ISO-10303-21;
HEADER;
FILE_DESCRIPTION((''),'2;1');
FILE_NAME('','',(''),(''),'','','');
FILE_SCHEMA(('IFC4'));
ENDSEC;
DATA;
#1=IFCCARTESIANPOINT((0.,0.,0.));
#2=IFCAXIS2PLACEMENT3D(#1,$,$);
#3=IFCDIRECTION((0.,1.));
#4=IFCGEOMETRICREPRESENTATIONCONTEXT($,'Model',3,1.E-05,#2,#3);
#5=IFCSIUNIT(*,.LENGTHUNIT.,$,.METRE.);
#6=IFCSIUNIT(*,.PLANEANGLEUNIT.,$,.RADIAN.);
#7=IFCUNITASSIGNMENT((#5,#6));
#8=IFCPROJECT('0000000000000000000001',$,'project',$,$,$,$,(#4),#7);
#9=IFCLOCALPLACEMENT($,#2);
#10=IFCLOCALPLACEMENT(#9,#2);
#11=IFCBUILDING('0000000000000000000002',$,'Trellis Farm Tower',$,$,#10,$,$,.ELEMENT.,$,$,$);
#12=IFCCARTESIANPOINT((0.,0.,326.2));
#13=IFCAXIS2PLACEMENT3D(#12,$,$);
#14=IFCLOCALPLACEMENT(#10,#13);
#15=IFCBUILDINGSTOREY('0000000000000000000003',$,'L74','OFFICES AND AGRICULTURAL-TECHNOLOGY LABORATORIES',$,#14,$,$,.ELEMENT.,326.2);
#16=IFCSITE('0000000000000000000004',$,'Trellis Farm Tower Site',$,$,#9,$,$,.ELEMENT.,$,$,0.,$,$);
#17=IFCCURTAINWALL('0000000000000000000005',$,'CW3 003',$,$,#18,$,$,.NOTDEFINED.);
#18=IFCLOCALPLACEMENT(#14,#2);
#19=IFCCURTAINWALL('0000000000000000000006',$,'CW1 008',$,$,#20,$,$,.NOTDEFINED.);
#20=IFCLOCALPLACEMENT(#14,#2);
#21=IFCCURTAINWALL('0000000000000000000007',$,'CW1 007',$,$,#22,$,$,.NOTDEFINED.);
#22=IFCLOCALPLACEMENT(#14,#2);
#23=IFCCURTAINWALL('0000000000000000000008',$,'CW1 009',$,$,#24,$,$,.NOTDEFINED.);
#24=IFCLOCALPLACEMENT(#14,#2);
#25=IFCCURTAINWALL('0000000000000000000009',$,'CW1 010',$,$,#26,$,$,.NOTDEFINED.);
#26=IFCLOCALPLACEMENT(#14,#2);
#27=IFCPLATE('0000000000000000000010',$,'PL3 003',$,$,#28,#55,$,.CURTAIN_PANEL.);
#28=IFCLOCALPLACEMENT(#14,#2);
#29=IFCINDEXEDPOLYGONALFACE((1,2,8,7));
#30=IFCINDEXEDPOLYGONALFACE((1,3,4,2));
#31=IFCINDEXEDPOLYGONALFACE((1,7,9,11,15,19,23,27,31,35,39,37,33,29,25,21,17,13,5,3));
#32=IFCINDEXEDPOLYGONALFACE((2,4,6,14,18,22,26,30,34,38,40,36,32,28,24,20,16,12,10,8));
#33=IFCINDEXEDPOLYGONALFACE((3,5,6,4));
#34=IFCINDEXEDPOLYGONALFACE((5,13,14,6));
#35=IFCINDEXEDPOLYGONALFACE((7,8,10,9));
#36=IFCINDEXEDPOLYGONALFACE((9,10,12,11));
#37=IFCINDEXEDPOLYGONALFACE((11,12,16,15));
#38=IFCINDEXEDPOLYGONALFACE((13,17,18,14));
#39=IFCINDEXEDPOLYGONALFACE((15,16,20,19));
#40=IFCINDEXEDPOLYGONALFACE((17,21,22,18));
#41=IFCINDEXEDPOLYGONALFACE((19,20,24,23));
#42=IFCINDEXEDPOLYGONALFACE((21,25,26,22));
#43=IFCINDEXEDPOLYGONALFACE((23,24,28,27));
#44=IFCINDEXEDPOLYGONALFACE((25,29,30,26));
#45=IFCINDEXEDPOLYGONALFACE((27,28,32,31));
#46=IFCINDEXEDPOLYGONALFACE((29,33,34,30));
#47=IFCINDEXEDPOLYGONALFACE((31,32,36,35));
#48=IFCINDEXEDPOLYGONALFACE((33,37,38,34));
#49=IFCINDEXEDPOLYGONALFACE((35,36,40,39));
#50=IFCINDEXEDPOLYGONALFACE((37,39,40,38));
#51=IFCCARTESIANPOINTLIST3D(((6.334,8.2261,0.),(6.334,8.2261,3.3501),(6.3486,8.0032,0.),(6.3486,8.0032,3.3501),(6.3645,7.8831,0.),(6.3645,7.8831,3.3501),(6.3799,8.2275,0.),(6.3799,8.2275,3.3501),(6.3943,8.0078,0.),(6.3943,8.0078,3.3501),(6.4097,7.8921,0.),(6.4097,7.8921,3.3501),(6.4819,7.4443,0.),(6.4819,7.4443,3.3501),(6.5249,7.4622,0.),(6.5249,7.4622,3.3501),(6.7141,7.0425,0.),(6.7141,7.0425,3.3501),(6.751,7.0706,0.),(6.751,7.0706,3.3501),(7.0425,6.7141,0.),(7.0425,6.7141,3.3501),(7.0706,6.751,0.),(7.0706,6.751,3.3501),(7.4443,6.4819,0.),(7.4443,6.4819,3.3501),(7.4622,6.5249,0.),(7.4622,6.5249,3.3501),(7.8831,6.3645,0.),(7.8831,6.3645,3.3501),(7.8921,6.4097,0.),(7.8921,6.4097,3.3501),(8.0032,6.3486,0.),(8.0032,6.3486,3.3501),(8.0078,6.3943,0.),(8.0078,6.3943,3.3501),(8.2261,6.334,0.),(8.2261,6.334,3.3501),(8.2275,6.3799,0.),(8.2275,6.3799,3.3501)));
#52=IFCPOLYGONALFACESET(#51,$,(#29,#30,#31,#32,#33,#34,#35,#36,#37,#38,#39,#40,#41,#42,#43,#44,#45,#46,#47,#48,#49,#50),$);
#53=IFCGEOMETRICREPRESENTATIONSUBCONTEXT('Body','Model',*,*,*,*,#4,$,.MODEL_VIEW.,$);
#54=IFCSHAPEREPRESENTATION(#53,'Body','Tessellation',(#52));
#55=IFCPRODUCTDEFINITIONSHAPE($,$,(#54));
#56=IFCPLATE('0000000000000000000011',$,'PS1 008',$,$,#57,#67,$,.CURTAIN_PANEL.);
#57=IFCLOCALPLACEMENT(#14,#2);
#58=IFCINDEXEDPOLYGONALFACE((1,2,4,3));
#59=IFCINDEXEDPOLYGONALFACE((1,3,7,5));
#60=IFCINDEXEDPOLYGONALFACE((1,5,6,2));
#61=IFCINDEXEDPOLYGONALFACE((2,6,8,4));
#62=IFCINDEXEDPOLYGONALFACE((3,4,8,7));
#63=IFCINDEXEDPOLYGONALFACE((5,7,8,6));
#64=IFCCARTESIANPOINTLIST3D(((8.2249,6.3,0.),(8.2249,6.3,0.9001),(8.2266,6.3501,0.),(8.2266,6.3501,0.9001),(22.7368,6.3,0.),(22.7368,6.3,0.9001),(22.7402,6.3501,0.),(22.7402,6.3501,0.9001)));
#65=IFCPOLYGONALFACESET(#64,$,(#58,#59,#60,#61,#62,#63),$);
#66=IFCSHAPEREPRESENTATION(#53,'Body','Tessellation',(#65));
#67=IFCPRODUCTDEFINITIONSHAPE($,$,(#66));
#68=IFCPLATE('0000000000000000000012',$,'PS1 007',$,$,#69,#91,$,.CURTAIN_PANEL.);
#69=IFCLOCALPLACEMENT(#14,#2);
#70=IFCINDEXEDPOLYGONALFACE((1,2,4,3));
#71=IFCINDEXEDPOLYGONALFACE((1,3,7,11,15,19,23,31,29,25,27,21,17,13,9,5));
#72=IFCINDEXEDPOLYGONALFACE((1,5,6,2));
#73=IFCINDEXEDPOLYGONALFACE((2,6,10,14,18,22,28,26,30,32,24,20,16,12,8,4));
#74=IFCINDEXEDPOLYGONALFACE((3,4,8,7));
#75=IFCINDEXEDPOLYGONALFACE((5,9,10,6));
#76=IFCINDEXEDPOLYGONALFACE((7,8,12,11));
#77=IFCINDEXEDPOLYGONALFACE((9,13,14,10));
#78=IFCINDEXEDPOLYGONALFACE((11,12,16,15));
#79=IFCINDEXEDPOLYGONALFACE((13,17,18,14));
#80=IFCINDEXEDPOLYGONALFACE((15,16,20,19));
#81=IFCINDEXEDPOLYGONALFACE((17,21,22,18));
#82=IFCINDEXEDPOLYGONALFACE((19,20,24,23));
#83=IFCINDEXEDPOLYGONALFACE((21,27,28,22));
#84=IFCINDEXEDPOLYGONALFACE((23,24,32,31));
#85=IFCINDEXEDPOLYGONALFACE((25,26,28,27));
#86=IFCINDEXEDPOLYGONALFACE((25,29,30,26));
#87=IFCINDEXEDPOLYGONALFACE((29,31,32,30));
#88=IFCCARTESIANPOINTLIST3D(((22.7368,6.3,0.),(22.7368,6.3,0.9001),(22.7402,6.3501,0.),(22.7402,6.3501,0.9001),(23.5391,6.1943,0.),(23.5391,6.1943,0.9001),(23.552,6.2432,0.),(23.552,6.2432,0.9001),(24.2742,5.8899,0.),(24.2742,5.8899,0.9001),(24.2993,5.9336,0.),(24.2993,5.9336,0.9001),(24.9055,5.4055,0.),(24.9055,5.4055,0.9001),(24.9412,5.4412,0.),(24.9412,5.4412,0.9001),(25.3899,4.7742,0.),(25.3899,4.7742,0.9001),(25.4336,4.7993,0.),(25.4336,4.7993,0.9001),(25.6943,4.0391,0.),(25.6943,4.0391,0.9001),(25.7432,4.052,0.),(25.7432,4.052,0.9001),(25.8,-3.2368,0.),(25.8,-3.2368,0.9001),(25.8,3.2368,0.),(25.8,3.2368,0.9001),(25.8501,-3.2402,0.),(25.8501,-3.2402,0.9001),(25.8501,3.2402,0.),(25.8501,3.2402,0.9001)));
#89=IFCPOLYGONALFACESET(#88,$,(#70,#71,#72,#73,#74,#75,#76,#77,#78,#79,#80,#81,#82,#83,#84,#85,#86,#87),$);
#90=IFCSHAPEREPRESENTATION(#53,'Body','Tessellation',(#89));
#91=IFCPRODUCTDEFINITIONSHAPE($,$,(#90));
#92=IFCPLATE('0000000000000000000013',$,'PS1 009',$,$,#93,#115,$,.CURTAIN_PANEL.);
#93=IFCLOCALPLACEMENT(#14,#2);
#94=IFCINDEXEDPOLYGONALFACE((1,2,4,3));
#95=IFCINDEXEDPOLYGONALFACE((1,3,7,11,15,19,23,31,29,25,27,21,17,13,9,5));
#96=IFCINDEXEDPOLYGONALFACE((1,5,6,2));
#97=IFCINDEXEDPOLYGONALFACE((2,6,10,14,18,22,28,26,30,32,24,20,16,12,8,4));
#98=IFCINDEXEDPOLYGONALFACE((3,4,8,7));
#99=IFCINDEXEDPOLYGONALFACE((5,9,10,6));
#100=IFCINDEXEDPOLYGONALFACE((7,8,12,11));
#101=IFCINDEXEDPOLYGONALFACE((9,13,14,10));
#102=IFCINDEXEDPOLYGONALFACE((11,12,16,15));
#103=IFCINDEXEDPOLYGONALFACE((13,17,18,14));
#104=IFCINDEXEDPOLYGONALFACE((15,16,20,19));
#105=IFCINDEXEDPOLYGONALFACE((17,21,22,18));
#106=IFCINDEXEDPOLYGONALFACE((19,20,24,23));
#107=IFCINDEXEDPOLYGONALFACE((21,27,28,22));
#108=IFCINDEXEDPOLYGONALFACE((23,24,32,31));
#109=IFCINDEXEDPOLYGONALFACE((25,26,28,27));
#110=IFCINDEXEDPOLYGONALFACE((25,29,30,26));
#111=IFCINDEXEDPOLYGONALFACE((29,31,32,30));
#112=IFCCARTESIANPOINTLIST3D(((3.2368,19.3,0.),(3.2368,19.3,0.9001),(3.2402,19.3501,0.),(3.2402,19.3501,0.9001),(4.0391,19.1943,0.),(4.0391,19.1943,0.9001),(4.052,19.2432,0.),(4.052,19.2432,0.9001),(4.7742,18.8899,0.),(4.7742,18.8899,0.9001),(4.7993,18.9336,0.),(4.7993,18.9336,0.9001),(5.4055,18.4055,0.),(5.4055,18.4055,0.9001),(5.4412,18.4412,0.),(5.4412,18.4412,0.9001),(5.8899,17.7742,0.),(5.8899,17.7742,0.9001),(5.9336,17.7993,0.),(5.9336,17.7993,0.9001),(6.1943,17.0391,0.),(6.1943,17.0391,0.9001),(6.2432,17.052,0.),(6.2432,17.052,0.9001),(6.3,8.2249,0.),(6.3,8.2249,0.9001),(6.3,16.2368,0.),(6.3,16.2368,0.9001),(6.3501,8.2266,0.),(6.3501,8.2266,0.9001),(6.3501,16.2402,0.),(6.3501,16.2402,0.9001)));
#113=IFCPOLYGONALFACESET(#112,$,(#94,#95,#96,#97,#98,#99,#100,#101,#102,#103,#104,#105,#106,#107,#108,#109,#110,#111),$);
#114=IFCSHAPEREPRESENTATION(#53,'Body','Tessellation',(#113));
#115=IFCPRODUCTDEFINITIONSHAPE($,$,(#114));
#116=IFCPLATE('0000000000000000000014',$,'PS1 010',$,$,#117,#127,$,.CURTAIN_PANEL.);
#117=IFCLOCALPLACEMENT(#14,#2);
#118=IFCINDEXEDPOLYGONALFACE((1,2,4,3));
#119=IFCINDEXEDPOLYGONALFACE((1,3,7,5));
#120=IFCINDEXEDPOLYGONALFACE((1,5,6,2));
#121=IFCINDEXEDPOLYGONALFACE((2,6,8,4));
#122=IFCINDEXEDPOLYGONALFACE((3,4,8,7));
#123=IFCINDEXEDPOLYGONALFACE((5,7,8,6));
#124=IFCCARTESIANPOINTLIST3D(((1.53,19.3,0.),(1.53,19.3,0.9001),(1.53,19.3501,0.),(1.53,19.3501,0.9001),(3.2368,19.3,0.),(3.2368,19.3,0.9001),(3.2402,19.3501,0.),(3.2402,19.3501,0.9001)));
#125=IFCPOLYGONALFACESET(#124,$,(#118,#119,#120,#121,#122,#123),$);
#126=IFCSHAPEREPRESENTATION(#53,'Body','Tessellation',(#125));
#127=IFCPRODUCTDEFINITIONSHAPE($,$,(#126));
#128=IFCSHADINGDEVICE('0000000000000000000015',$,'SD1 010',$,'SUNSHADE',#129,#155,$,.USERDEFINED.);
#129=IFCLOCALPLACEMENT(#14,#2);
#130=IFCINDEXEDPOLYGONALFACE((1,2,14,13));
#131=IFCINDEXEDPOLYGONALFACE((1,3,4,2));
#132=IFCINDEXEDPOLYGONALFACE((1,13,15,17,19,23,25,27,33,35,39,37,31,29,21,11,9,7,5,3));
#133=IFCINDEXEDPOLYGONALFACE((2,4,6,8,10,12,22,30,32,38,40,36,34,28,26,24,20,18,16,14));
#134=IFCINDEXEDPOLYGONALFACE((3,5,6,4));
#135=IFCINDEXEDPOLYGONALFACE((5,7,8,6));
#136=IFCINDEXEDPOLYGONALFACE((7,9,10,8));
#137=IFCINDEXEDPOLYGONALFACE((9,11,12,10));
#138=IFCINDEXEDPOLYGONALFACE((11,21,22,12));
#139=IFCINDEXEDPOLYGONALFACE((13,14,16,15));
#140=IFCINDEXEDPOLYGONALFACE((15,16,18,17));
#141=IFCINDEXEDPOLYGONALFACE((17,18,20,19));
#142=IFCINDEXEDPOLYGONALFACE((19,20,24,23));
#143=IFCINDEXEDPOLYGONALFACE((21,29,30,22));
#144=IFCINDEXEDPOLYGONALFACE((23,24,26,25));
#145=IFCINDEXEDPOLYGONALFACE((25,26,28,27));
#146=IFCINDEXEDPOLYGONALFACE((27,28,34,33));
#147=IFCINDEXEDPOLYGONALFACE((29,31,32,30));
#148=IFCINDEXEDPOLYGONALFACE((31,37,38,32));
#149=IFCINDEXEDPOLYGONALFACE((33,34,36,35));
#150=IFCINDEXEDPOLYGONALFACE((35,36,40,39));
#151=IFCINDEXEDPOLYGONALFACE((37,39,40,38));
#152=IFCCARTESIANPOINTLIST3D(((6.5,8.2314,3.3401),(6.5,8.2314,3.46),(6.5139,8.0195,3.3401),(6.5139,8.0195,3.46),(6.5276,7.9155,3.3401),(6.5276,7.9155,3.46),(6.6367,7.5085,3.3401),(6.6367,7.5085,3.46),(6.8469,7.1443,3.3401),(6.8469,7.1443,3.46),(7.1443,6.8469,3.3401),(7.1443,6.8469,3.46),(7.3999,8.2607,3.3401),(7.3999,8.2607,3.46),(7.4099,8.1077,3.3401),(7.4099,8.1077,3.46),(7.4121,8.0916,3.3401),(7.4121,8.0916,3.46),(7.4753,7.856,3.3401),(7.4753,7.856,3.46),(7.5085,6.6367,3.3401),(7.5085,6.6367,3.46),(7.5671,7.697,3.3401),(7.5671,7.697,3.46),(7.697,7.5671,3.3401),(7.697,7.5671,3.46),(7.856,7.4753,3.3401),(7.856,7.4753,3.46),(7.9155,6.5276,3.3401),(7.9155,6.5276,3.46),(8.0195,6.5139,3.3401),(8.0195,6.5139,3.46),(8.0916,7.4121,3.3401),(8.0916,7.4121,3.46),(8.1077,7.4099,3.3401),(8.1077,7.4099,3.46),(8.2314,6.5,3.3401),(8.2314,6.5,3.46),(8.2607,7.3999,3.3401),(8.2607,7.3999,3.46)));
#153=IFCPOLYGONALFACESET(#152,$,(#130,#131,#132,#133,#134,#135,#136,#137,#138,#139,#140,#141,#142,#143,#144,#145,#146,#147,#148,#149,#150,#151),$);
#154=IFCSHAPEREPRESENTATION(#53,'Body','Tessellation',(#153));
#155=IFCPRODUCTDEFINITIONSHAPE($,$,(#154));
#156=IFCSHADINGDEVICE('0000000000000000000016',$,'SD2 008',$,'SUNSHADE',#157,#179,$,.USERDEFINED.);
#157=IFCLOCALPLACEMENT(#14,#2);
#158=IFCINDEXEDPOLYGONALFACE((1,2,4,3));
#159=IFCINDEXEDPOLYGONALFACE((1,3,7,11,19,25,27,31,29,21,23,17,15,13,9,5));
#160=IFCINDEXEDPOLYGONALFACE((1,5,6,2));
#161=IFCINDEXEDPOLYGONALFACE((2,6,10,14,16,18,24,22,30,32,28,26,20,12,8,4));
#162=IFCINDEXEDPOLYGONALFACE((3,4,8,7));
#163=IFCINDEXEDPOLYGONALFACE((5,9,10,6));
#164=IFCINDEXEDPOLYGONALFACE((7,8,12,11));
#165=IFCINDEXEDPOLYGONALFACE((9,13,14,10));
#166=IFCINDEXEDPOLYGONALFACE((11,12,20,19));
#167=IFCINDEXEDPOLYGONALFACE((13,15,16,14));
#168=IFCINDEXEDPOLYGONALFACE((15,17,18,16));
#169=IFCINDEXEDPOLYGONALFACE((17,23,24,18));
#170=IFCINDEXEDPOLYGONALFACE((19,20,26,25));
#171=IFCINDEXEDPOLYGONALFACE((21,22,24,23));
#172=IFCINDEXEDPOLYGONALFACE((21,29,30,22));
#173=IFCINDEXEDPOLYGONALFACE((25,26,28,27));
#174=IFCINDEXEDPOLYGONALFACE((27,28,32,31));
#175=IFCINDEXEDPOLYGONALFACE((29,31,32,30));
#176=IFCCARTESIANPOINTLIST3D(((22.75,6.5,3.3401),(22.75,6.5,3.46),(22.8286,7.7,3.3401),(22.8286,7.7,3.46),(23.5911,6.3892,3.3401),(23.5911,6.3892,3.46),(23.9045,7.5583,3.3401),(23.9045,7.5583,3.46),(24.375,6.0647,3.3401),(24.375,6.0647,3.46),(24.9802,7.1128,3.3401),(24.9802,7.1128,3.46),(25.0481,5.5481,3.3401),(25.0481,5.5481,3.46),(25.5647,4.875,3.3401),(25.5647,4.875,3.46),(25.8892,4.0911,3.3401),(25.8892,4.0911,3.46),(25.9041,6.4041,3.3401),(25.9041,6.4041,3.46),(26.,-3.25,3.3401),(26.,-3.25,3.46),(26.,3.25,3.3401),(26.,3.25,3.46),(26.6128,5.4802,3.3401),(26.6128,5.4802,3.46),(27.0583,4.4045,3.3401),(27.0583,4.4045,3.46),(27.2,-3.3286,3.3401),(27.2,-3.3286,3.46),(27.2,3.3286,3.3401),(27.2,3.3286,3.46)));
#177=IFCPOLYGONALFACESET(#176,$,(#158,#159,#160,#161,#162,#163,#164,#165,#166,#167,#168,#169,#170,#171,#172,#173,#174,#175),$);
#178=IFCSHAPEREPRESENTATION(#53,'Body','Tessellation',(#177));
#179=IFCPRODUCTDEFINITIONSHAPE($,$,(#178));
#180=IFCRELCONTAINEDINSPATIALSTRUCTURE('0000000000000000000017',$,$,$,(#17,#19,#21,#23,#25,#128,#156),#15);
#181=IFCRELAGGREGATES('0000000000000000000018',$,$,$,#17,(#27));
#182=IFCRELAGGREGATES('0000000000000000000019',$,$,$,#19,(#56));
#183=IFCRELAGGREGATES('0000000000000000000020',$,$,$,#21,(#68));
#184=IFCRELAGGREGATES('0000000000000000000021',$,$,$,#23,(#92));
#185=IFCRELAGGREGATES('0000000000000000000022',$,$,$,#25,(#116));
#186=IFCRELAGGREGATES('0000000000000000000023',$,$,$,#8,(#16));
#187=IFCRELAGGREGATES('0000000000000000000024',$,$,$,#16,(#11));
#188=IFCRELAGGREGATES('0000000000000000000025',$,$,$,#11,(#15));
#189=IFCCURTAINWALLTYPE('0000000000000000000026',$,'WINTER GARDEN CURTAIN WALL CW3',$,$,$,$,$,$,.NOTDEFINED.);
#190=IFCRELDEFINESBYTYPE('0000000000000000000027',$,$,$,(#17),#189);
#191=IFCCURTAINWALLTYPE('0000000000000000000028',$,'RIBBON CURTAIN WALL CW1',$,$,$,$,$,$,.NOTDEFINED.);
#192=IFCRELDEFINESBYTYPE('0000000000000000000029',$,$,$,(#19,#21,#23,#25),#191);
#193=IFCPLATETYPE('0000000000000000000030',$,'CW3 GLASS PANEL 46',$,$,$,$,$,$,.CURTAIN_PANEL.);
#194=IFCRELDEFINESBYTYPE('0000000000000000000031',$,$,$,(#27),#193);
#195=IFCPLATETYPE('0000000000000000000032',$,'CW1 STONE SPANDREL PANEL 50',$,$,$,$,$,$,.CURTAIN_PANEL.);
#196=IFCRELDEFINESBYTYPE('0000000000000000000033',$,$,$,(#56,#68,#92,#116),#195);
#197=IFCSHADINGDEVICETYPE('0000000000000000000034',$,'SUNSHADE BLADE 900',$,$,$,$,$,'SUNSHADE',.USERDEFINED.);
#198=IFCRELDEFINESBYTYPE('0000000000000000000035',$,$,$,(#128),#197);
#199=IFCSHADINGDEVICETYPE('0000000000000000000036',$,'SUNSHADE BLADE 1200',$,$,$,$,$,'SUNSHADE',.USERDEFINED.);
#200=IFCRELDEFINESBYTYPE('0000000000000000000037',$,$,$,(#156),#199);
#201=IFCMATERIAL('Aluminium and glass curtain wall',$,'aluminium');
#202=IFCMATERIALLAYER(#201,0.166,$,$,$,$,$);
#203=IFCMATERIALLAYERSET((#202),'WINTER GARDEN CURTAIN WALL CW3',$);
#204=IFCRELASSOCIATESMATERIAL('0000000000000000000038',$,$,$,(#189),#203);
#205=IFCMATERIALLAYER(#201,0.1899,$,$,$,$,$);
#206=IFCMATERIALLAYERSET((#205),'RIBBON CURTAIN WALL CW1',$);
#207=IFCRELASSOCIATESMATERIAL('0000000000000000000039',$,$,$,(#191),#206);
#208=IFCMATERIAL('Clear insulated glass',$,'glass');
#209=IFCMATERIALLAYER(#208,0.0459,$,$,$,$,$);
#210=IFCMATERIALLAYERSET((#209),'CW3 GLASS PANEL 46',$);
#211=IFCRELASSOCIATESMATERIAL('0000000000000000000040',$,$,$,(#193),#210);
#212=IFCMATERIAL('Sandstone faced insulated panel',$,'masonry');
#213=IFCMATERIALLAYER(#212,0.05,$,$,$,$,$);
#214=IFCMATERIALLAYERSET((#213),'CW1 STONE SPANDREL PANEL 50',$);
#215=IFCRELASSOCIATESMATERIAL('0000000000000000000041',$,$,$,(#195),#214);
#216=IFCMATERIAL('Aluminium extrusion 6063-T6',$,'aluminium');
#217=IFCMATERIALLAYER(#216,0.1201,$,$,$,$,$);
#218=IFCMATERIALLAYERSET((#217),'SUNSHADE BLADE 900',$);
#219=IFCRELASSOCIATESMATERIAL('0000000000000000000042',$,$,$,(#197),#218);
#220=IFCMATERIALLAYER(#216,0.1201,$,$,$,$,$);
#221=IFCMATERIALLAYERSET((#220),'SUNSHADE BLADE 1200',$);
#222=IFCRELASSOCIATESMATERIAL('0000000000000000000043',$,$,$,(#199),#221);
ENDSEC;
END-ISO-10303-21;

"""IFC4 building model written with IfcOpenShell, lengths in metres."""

from ifc_helpers import new_model, si_unit, direction, frame, origin, place, context, subcontext, project, spatial, polyline, outline, extrude, source, transform, mapped, material, layer, layer_set, type_object, element, aggregate, save


model = new_model("IFC4")

# Units and contexts
model_context = context("Model", 3, precision=1e-05, world=origin(), true_north=direction((0.0, 1.0)))
body_context = subcontext(model_context, "Body", "Model", "MODEL_VIEW")
ifc_project = project(units=[si_unit("LENGTHUNIT", "METRE"), si_unit("PLANEANGLEUNIT", "RADIAN")], contexts=[model_context])

# Site, building, storey
site_placement = place(None, origin())
site = spatial("IfcSite", under=ifc_project, at=site_placement, Name="Trellis Farm Tower Site", CompositionType="ELEMENT", RefElevation=0.0)
building_placement = place(site_placement, origin())
building = spatial("IfcBuilding", under=site, at=building_placement, Name="Trellis Farm Tower", CompositionType="ELEMENT")
storey_placement = place(building_placement, frame((0.0, 0.0, 326.2)))
storey = spatial("IfcBuildingStorey", under=building, at=storey_placement, Name="L74", Description="OFFICES AND AGRICULTURAL-TECHNOLOGY LABORATORIES", CompositionType="ELEMENT", Elevation=326.2)

# Curtain walls
ifc_material_1 = material(Name="Aluminium and glass curtain wall", Category="aluminium")
ifc_layer_1 = layer(ifc_material_1, 0.166)
ifc_layer_set_1 = layer_set([ifc_layer_1], Name="WINTER GARDEN CURTAIN WALL CW3")
curtain_wall_type_1 = type_object("IfcCurtainWallType", Name="WINTER GARDEN CURTAIN WALL CW3", PredefinedType="NOTDEFINED", material=ifc_layer_set_1)
placement_1 = place(storey_placement, origin())
curtain_wall_1 = element("IfcCurtainWall", 1, at=placement_1, inside=storey, type_object=curtain_wall_type_1, Name="CW3 003", PredefinedType="NOTDEFINED")
ifc_material_2 = material(Name="Aluminium extrusion 6063-T6", Category="aluminium")
ifc_layer_2 = layer(ifc_material_1, 0.1899)
ifc_layer_set_2 = layer_set([ifc_layer_2], Name="RIBBON CURTAIN WALL CW1")
curtain_wall_type_2 = type_object("IfcCurtainWallType", Name="RIBBON CURTAIN WALL CW1", PredefinedType="NOTDEFINED", material=ifc_layer_set_2)
curtain_wall_2 = element("IfcCurtainWall", 2, at=placement_1, inside=storey, type_object=curtain_wall_type_2, Name="CW1 008", PredefinedType="NOTDEFINED")
curtain_wall_3 = element("IfcCurtainWall", 3, at=placement_1, inside=storey, type_object=curtain_wall_type_2, Name="CW1 007", PredefinedType="NOTDEFINED")
curtain_wall_4 = element("IfcCurtainWall", 4, at=placement_1, inside=storey, type_object=curtain_wall_type_2, Name="CW1 009", PredefinedType="NOTDEFINED")
curtain_wall_5 = element("IfcCurtainWall", 5, at=placement_1, inside=storey, type_object=curtain_wall_type_2, Name="CW1 010", PredefinedType="NOTDEFINED")

# Plates
ifc_material_3 = material(Name="Clear insulated glass", Category="glass")
ifc_layer_3 = layer(ifc_material_3, 0.0459)
ifc_layer_set_3 = layer_set([ifc_layer_3], Name="CW3 GLASS PANEL 46")
plate_type_1 = type_object("IfcPlateType", Name="CW3 GLASS PANEL 46", PredefinedType="CURTAIN_PANEL", material=ifc_layer_set_3)
plate_1 = element("IfcPlate", 6, at=placement_1, type_object=plate_type_1, Name="PL3 003", PredefinedType="CURTAIN_PANEL", context=body_context, shape_type="SweptSolid", body=[
    extrude(outline(polyline([(8.2275, 6.3799), (8.0078, 6.3943), (7.8921, 6.4097), (7.4622, 6.5249), (7.0706, 6.751), (6.751, 7.0706), (6.5249, 7.4622), (6.4097, 7.8921), (6.3943, 8.0078), (6.3799, 8.2275), (6.334, 8.2261), (6.3486, 8.0032), (6.3645, 7.8831), (6.4819, 7.4443), (6.7141, 7.0425), (7.0425, 6.7141), (7.4443, 6.4819), (7.8831, 6.3645), (8.0032, 6.3486), (8.2261, 6.334), (8.2275, 6.3799)])), origin(), (0.0, 0.0, 1.0), 3.3501),
])
aggregate(curtain_wall_1, [plate_1])
ifc_material_4 = material(Name="Sandstone faced insulated panel", Category="masonry")
ifc_layer_4 = layer(ifc_material_4, 0.05)
ifc_layer_set_4 = layer_set([ifc_layer_4], Name="CW1 STONE SPANDREL PANEL 50")
plate_type_2 = type_object("IfcPlateType", Name="CW1 STONE SPANDREL PANEL 50", PredefinedType="CURTAIN_PANEL", material=ifc_layer_set_4)
shared_shape_1 = source(origin(), body_context, "Body", "SweptSolid", [
    extrude(outline(polyline([(22.7402, 6.3501), (8.2266, 6.3501), (8.2249, 6.3), (22.7368, 6.3), (22.7402, 6.3501)])), origin(), (0.0, 0.0, 1.0), 0.9001),
])
plate_2 = element("IfcPlate", 7, at=placement_1, type_object=plate_type_2, Name="PS1 008", PredefinedType="CURTAIN_PANEL", context=body_context, shape_type="MappedRepresentation", body=[
    mapped(shared_shape_1, transform((0.0, 0.0, 0.0))),
])
aggregate(curtain_wall_2, [plate_2])
shared_shape_2 = source(origin(), body_context, "Body", "SweptSolid", [
    extrude(outline(polyline([(25.8501, -3.2402), (25.8501, 3.2402), (25.7432, 4.052), (25.4336, 4.7993), (24.9412, 5.4412), (24.2993, 5.9336), (23.552, 6.2432), (22.7402, 6.3501), (22.7368, 6.3), (23.5391, 6.1943), (24.2742, 5.8899), (24.9055, 5.4055), (25.3899, 4.7742), (25.6943, 4.0391), (25.8, 3.2368), (25.8, -3.2368), (25.8501, -3.2402)])), origin(), (0.0, 0.0, 1.0), 0.9001),
])
plate_3 = element("IfcPlate", 8, at=placement_1, type_object=plate_type_2, Name="PS1 007", PredefinedType="CURTAIN_PANEL", context=body_context, shape_type="MappedRepresentation", body=[
    mapped(shared_shape_2, transform((0.0, 0.0, 0.0))),
])
aggregate(curtain_wall_3, [plate_3])
shared_shape_3 = source(origin(), body_context, "Body", "SweptSolid", [
    extrude(outline(polyline([(6.3501, 8.2266), (6.3501, 16.2402), (6.2432, 17.052), (5.9336, 17.7993), (5.4412, 18.4412), (4.7993, 18.9336), (4.052, 19.2432), (3.2402, 19.3501), (3.2368, 19.3), (4.0391, 19.1943), (4.7742, 18.8899), (5.4055, 18.4055), (5.8899, 17.7742), (6.1943, 17.0391), (6.3, 16.2368), (6.3, 8.2249), (6.3501, 8.2266)])), origin(), (0.0, 0.0, 1.0), 0.9001),
])
plate_4 = element("IfcPlate", 9, at=placement_1, type_object=plate_type_2, Name="PS1 009", PredefinedType="CURTAIN_PANEL", context=body_context, shape_type="MappedRepresentation", body=[
    mapped(shared_shape_3, transform((0.0, 0.0, 0.0))),
])
aggregate(curtain_wall_4, [plate_4])
shared_shape_4 = source(origin(), body_context, "Body", "SweptSolid", [
    extrude(outline(polyline([(3.2402, 19.3501), (1.53, 19.3501), (1.53, 19.3), (3.2368, 19.3), (3.2402, 19.3501)])), origin(), (0.0, 0.0, 1.0), 0.9001),
])
plate_5 = element("IfcPlate", 10, at=placement_1, type_object=plate_type_2, Name="PS1 010", PredefinedType="CURTAIN_PANEL", context=body_context, shape_type="MappedRepresentation", body=[
    mapped(shared_shape_4, transform((0.0, 0.0, 0.0))),
])
aggregate(curtain_wall_5, [plate_5])

# Shading devices
ifc_layer_5 = layer(ifc_material_2, 0.1201)
ifc_layer_set_5 = layer_set([ifc_layer_5], Name="SUNSHADE BLADE 900")
shading_device_type_1 = type_object("IfcShadingDeviceType", Name="SUNSHADE BLADE 900", ElementType="SUNSHADE", PredefinedType="USERDEFINED", material=ifc_layer_set_5)
shared_shape_5 = source(origin(), body_context, "Body", "SweptSolid", [
    extrude(outline(polyline([(8.2607, 7.3999), (8.1077, 7.4099), (8.0916, 7.4121), (7.856, 7.4753), (7.697, 7.5671), (7.5671, 7.697), (7.4753, 7.856), (7.4121, 8.0916), (7.4099, 8.1077), (7.3999, 8.2607), (6.5, 8.2314), (6.5139, 8.0195), (6.5276, 7.9155), (6.6367, 7.5085), (6.8469, 7.1443), (7.1443, 6.8469), (7.5085, 6.6367), (7.9155, 6.5276), (8.0195, 6.5139), (8.2314, 6.5), (8.2607, 7.3999)])), origin(), (0.0, 0.0, 1.0), 0.1199),
])
placement_2 = place(storey_placement, frame((0.0, 0.0, 3.3401)))
element("IfcShadingDevice", 11, at=placement_2, inside=storey, type_object=shading_device_type_1, Name="SD1 010", ObjectType="SUNSHADE", PredefinedType="USERDEFINED", context=body_context, shape_type="MappedRepresentation", body=[
    mapped(shared_shape_5, transform((0.0, 0.0, 0.0))),
])
ifc_layer_6 = layer(ifc_material_2, 0.1201)
ifc_layer_set_6 = layer_set([ifc_layer_6], Name="SUNSHADE BLADE 1200")
shading_device_type_2 = type_object("IfcShadingDeviceType", Name="SUNSHADE BLADE 1200", ElementType="SUNSHADE", PredefinedType="USERDEFINED", material=ifc_layer_set_6)
shared_shape_6 = source(origin(), body_context, "Body", "SweptSolid", [
    extrude(outline(polyline([(27.2, -3.3286), (27.2, 3.3286), (27.0583, 4.4045), (26.6128, 5.4802), (25.9041, 6.4041), (24.9802, 7.1128), (23.9045, 7.5583), (22.8286, 7.7), (22.75, 6.5), (23.5911, 6.3892), (24.375, 6.0647), (25.0481, 5.5481), (25.5647, 4.875), (25.8892, 4.0911), (26.0, 3.25), (26.0, -3.25), (27.2, -3.3286)])), origin(), (0.0, 0.0, 1.0), 0.1199),
])
element("IfcShadingDevice", 12, at=placement_2, inside=storey, type_object=shading_device_type_2, Name="SD2 008", ObjectType="SUNSHADE", PredefinedType="USERDEFINED", context=body_context, shape_type="MappedRepresentation", body=[
    mapped(shared_shape_6, transform((0.0, 0.0, 0.0))),
])

save(model, "model.ifc")
